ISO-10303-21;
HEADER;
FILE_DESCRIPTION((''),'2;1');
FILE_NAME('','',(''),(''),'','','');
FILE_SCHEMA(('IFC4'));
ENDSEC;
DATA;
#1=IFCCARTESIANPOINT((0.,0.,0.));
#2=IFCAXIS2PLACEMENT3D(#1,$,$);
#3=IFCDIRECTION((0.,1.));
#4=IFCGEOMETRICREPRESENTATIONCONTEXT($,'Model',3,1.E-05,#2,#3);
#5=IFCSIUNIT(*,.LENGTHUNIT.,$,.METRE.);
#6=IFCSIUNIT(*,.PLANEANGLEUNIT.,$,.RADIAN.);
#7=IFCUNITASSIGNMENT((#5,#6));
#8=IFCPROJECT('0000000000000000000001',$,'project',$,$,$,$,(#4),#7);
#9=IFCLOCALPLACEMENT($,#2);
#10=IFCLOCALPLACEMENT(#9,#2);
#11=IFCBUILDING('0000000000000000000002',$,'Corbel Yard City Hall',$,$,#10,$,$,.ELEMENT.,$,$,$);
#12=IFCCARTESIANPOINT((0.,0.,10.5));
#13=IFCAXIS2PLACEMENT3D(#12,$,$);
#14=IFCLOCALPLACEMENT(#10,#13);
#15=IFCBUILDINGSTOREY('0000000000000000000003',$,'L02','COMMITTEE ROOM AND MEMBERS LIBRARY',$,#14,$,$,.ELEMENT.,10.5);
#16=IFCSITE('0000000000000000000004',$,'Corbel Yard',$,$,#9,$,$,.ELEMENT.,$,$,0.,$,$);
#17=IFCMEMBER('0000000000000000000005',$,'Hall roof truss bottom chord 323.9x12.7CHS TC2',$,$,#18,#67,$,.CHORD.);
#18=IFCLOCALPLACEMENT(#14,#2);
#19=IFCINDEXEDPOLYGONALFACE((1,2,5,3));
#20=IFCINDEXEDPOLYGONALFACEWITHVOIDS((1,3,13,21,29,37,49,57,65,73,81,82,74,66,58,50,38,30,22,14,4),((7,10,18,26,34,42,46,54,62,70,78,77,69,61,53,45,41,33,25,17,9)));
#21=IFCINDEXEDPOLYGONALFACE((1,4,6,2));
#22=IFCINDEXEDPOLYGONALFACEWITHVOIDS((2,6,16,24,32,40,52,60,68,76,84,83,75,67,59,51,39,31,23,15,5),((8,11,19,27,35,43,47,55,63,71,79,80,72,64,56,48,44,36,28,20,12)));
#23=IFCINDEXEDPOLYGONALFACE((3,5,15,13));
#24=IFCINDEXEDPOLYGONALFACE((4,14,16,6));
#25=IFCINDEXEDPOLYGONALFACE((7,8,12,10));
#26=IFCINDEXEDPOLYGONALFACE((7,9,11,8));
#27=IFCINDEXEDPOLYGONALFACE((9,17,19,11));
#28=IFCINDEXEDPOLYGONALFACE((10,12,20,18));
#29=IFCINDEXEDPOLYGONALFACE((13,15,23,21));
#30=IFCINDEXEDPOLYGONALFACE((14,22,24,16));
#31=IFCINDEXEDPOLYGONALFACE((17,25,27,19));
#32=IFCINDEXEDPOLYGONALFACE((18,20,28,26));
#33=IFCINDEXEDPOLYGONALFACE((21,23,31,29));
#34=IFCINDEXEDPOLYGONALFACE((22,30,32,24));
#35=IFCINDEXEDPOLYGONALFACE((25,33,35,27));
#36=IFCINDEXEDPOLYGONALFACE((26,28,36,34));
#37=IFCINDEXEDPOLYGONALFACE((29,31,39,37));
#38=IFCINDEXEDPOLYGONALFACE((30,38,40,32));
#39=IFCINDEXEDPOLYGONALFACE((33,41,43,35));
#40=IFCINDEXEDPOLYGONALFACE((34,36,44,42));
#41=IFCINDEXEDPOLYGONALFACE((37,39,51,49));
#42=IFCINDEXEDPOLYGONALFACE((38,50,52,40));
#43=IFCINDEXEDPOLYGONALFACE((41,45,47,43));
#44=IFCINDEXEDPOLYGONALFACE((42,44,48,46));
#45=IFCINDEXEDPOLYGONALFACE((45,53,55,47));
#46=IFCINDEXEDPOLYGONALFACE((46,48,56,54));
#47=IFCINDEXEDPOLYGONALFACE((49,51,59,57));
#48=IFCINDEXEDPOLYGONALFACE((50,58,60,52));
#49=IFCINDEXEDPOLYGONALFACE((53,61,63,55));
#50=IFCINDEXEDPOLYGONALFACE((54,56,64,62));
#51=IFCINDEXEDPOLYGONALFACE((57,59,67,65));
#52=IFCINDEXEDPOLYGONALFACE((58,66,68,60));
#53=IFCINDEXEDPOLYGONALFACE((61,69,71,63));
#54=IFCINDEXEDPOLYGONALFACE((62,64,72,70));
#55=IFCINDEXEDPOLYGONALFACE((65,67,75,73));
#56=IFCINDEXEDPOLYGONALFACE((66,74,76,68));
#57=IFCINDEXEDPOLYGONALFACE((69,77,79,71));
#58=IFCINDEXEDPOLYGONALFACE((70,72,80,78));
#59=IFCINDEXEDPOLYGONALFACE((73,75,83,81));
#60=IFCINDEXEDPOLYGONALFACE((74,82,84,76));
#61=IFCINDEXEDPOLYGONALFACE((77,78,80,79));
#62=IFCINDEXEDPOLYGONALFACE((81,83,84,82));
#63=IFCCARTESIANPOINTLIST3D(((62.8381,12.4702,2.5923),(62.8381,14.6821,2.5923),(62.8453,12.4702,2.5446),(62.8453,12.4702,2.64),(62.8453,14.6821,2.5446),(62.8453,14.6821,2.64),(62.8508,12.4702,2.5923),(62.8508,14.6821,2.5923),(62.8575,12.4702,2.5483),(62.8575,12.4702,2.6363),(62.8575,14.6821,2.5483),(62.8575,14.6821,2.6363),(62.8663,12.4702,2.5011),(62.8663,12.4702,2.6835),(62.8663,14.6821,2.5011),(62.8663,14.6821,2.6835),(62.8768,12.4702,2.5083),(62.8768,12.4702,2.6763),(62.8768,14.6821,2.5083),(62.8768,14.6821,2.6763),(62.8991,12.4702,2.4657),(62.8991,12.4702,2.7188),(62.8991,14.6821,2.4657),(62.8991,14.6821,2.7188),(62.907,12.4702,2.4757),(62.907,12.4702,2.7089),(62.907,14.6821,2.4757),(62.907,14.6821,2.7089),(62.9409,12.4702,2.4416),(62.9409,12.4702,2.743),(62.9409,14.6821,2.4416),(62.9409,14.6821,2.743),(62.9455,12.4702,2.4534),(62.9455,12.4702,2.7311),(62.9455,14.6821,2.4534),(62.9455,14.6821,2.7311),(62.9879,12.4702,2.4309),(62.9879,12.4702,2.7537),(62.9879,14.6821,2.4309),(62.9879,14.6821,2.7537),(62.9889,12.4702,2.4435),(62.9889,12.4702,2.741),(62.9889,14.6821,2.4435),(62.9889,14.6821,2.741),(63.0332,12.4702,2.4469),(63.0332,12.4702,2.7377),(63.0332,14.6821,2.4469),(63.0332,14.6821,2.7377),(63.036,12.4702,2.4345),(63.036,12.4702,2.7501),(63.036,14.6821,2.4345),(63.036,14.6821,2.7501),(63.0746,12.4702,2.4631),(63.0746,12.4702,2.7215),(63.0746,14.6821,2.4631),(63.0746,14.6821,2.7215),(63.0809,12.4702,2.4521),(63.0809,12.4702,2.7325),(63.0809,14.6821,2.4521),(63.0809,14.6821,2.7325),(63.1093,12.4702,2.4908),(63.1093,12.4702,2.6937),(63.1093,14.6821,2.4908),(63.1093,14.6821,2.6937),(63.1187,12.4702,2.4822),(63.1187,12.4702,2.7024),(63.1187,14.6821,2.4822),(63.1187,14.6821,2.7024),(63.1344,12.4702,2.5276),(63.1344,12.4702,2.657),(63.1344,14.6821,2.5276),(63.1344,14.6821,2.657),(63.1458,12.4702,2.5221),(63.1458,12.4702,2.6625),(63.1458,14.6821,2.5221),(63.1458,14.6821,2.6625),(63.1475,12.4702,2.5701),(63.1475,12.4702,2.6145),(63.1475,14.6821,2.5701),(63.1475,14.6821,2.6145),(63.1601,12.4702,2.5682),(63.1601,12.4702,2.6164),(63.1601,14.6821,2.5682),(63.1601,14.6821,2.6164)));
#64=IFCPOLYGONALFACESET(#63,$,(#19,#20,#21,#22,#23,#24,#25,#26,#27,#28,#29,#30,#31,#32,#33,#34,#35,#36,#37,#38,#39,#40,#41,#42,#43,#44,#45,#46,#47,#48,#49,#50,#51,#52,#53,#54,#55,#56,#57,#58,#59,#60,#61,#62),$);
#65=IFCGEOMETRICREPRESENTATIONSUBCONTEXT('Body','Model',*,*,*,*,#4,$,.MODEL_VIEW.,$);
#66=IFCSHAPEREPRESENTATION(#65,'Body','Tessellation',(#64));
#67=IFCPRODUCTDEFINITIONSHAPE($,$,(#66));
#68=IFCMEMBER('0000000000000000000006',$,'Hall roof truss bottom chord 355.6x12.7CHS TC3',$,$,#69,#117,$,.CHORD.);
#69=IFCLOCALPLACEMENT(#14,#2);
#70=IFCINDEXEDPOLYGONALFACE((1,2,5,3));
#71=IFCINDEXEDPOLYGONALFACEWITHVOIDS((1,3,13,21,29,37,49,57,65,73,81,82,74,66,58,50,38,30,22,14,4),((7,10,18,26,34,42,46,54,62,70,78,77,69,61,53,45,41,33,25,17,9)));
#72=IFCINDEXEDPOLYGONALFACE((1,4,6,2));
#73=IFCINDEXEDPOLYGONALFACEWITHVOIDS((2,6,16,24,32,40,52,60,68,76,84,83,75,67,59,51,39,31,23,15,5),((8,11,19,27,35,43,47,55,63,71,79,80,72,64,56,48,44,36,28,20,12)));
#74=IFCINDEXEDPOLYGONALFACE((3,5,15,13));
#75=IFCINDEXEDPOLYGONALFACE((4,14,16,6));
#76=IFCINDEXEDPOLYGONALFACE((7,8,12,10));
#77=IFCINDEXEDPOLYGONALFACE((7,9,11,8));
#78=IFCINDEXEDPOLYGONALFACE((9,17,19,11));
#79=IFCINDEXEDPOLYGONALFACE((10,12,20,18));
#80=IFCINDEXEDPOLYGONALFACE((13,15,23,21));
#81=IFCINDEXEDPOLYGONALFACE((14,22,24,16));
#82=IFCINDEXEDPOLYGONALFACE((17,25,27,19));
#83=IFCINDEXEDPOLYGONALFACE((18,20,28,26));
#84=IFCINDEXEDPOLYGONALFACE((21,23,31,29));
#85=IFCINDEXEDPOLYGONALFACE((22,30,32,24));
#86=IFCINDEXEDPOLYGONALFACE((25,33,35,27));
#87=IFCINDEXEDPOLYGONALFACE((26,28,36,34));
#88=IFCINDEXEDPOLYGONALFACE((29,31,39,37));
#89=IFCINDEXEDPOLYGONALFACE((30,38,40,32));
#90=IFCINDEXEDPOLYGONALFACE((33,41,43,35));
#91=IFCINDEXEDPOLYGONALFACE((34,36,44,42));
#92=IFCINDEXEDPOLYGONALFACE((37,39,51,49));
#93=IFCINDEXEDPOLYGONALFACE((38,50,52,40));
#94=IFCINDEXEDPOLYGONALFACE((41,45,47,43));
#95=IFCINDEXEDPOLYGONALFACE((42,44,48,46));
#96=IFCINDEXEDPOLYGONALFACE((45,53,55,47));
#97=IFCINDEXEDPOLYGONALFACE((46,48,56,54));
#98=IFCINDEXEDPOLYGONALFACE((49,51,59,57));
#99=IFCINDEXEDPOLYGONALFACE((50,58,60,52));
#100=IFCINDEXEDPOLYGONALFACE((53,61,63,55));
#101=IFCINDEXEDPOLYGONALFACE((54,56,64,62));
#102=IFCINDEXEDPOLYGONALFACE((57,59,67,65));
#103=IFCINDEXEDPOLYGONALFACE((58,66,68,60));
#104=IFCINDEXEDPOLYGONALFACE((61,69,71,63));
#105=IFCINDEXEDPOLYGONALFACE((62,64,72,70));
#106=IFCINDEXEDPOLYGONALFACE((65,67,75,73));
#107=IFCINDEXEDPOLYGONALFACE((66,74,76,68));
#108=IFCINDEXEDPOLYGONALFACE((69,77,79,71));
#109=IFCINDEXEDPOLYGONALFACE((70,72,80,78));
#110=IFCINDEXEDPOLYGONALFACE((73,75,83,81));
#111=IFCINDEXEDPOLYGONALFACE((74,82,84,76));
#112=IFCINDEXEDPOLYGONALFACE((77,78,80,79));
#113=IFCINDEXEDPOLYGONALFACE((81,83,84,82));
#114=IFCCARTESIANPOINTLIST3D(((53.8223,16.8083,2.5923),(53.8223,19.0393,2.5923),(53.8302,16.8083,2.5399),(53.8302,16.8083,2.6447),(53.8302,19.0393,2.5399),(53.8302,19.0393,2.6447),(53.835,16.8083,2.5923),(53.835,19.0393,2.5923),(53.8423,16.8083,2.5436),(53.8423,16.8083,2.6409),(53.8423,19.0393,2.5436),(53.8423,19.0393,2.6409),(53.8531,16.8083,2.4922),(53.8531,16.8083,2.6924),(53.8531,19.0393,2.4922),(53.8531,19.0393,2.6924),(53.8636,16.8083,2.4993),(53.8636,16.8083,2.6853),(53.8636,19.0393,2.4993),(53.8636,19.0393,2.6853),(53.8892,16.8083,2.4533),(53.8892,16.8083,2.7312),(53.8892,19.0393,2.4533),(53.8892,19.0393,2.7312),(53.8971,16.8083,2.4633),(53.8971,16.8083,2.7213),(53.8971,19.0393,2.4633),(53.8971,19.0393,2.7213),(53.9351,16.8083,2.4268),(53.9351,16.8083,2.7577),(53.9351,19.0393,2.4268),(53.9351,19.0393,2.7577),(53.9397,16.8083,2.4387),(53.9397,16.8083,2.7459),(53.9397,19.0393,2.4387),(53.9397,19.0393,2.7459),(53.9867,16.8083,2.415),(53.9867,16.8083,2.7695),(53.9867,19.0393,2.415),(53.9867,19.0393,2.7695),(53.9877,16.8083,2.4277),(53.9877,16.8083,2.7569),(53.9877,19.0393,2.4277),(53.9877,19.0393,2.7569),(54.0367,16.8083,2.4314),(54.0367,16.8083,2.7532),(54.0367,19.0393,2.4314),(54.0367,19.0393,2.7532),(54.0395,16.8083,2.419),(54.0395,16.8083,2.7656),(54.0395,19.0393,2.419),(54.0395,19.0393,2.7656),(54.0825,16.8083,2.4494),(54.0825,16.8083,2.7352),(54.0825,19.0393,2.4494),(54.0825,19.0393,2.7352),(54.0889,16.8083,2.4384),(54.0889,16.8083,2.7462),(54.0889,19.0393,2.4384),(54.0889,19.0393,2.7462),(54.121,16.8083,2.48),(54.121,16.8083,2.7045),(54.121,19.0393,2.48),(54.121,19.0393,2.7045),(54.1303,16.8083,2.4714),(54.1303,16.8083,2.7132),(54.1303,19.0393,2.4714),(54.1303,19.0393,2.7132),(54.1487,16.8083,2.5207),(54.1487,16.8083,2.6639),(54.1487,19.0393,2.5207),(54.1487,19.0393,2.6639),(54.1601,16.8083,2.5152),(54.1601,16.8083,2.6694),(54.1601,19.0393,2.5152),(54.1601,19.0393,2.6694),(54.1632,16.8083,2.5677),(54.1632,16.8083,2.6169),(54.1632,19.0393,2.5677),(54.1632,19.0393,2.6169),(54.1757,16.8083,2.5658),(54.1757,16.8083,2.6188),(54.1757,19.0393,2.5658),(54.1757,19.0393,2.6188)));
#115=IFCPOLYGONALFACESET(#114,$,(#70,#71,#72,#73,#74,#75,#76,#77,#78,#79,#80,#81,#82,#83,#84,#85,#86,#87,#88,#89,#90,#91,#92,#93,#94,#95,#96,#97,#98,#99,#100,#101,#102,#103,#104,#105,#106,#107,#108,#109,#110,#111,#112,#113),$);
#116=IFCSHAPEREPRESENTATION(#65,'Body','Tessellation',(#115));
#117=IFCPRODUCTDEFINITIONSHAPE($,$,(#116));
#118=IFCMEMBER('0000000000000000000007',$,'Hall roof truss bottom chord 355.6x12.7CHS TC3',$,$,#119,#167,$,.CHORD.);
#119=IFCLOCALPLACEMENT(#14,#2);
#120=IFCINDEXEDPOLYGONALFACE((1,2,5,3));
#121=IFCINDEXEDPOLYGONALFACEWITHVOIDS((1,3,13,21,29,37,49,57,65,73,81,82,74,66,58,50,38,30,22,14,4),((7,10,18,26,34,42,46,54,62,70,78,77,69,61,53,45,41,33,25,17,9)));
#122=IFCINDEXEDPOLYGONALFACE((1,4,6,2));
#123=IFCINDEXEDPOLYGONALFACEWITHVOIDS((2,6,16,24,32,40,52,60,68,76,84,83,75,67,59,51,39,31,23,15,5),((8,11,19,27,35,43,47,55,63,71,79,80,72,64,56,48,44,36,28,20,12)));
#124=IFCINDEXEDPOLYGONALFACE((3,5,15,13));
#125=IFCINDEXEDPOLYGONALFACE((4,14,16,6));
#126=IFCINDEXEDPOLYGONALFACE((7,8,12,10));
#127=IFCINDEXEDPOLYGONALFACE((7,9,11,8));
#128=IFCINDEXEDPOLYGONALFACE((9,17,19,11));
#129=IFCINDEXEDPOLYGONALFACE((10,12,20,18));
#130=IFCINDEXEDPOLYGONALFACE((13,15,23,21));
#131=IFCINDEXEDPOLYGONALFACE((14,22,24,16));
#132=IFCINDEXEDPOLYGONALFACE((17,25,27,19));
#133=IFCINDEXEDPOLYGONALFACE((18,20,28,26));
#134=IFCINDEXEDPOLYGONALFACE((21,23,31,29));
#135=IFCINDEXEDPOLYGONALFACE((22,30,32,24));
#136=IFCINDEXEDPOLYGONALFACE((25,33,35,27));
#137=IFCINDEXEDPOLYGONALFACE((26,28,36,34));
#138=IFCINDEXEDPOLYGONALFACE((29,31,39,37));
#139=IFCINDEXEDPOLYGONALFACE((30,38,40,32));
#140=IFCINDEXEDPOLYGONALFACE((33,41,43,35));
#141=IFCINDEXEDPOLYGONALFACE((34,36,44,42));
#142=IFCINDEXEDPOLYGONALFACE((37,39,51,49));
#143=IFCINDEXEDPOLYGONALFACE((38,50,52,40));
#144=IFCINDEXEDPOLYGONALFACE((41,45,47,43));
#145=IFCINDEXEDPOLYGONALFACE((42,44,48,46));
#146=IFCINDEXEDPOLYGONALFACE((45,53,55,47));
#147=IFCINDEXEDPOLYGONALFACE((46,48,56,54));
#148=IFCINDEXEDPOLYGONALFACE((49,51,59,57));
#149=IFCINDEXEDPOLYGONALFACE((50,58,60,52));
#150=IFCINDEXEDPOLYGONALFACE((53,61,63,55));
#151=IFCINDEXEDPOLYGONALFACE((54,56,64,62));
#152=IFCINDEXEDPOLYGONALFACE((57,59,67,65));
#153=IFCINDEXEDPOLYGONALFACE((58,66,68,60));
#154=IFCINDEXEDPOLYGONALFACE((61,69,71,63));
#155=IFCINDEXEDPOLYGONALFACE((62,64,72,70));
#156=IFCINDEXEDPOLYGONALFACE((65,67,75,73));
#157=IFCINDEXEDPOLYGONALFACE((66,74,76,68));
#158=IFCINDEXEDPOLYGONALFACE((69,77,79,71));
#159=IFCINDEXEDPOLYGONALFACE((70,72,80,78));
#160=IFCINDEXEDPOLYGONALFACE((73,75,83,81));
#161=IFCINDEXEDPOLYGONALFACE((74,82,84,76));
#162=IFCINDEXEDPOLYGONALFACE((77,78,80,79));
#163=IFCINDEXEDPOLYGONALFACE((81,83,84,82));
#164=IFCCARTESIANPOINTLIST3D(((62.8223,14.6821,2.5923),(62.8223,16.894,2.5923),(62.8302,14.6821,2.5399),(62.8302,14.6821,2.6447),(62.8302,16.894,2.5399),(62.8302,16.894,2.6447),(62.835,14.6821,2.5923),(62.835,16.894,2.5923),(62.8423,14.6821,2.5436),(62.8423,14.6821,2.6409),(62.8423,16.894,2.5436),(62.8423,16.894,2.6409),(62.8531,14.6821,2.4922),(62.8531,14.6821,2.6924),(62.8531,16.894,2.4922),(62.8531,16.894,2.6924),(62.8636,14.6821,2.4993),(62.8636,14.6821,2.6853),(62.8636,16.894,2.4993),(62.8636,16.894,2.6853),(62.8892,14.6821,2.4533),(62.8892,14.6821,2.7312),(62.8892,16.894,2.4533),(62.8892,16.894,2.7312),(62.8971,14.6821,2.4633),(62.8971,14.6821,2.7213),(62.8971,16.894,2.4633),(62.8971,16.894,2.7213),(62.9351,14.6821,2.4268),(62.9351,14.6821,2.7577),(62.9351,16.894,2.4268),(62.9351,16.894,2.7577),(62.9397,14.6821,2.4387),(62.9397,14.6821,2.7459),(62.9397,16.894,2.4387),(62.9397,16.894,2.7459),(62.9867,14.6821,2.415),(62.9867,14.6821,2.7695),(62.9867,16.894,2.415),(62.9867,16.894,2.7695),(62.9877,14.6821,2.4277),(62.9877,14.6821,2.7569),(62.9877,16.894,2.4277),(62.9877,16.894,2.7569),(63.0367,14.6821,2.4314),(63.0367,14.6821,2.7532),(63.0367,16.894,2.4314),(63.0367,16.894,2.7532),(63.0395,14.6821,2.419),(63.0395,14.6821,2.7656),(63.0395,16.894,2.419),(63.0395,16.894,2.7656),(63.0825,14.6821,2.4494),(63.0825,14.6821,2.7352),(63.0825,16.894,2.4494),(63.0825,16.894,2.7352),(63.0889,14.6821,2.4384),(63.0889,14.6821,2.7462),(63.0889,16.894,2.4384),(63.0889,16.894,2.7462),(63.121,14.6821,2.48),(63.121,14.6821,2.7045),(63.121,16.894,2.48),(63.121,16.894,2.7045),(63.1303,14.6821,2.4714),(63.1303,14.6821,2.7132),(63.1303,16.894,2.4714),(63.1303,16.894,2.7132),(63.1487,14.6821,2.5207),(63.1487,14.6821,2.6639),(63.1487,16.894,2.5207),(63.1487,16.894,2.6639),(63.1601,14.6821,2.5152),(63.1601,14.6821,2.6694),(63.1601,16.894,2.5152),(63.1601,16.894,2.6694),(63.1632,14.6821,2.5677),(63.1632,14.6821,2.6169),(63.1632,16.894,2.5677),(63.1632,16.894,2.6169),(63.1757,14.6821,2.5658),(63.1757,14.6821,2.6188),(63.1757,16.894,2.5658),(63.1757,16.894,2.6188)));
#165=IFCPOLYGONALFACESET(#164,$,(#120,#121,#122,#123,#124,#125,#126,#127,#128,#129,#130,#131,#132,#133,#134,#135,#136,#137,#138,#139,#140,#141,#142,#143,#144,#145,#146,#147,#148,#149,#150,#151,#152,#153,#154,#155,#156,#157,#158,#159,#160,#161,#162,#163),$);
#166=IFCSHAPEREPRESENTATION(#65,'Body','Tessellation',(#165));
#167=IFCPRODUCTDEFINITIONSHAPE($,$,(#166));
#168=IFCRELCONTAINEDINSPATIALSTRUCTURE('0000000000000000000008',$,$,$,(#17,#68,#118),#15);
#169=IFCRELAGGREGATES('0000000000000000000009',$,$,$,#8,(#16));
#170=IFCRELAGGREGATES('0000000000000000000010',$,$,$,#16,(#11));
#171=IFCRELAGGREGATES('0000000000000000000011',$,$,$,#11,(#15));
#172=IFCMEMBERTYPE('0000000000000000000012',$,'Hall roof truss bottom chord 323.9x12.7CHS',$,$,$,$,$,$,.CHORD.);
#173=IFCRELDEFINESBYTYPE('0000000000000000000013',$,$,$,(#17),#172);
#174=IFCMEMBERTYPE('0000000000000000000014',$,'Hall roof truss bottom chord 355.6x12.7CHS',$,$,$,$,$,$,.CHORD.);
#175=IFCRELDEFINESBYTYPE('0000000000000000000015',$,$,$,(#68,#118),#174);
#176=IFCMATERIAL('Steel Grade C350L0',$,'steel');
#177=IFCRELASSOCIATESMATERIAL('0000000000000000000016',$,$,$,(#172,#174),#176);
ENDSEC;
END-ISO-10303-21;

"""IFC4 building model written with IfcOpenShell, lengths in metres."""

from ifc_helpers import new_model, si_unit, direction, frame, origin, origin_2d, place, context, subcontext, project, spatial, hollow_circle, extrude, material, material_profile, profile_set, type_object, element, save


model = new_model("IFC4")

# Units and contexts
model_context = context("Model", 3, precision=1e-05, world=origin(), true_north=direction((0.0, 1.0)))
body_context = subcontext(model_context, "Body", "Model", "MODEL_VIEW")
ifc_project = project(units=[si_unit("LENGTHUNIT", "METRE"), si_unit("PLANEANGLEUNIT", "RADIAN")], contexts=[model_context])

# Site, building, storey
site_placement = place(None, origin())
site = spatial("IfcSite", under=ifc_project, at=site_placement, Name="Corbel Yard", CompositionType="ELEMENT", RefElevation=0.0)
building_placement = place(site_placement, origin())
building = spatial("IfcBuilding", under=site, at=building_placement, Name="Corbel Yard City Hall", CompositionType="ELEMENT")
storey_placement = place(building_placement, frame((0.0, 0.0, 10.5)))
storey = spatial("IfcBuildingStorey", under=building, at=storey_placement, Name="L02", Description="COMMITTEE ROOM AND MEMBERS LIBRARY", CompositionType="ELEMENT", Elevation=10.5)

# Members
ifc_material_1 = material(Name="Steel Grade C350L0", Category="steel")
ifc_material_profile_1 = material_profile(ifc_material_1, hollow_circle(Radius=0.1619, WallThickness=0.0127, at=origin_2d()), Name="323.9x12.7CHS")
ifc_profile_set_1 = profile_set([ifc_material_profile_1], Name="Steel Grade C350L0")
member_type_1 = type_object("IfcMemberType", Name="Hall roof truss bottom chord 323.9x12.7CHS", PredefinedType="CHORD", material=ifc_profile_set_1)
member_1_placement = place(storey_placement, frame((63.0, 12.4702, 2.5923), z_axis=(0.0, 1.0, 0.0), x_axis=(-1.0, 0.0, 0.0)))
element("IfcMember", 1, at=member_1_placement, inside=storey, type_object=member_type_1, Name="Hall roof truss bottom chord 323.9x12.7CHS TC2", PredefinedType="CHORD", context=body_context, shape_type="SweptSolid", body=[
    extrude(hollow_circle(Radius=0.1619, WallThickness=0.0127, at=origin_2d()), origin(), (0.0, 0.0, 1.0), 2.2119),
])
ifc_material_profile_2 = material_profile(ifc_material_1, hollow_circle(Radius=0.1777, WallThickness=0.0127, at=origin_2d()), Name="355.6x12.7CHS")
ifc_profile_set_2 = profile_set([ifc_material_profile_2], Name="Steel Grade C350L0")
member_type_2 = type_object("IfcMemberType", Name="Hall roof truss bottom chord 355.6x12.7CHS", PredefinedType="CHORD", material=ifc_profile_set_2)
member_2_placement = place(storey_placement, frame((54.0, 16.8083, 2.5923), z_axis=(0.0, 1.0, 0.0), x_axis=(-1.0, 0.0, 0.0)))
element("IfcMember", 2, at=member_2_placement, inside=storey, type_object=member_type_2, Name="Hall roof truss bottom chord 355.6x12.7CHS TC3", PredefinedType="CHORD", context=body_context, shape_type="SweptSolid", body=[
    extrude(hollow_circle(Radius=0.1777, WallThickness=0.0127, at=origin_2d()), origin(), (0.0, 0.0, 1.0), 2.231),
])
for number, where, z_axis, x_axis, name in (
    (3, (63.0, 14.6821, 2.5923), (0.0, 1.0, 0.0), (-1.0, 0.0, 0.0), "Hall roof truss bottom chord 355.6x12.7CHS TC3"),
):
    element("IfcMember", number, at=place(storey_placement, frame(where, z_axis=z_axis, x_axis=x_axis)), inside=storey, type_object=member_type_2, Name=name, PredefinedType="CHORD", context=body_context, shape_type="SweptSolid", body=[
        extrude(hollow_circle(Radius=0.1777, WallThickness=0.0127, at=origin_2d()), origin(), (0.0, 0.0, 1.0), 2.2119),
    ])

save(model, "model.ifc")
